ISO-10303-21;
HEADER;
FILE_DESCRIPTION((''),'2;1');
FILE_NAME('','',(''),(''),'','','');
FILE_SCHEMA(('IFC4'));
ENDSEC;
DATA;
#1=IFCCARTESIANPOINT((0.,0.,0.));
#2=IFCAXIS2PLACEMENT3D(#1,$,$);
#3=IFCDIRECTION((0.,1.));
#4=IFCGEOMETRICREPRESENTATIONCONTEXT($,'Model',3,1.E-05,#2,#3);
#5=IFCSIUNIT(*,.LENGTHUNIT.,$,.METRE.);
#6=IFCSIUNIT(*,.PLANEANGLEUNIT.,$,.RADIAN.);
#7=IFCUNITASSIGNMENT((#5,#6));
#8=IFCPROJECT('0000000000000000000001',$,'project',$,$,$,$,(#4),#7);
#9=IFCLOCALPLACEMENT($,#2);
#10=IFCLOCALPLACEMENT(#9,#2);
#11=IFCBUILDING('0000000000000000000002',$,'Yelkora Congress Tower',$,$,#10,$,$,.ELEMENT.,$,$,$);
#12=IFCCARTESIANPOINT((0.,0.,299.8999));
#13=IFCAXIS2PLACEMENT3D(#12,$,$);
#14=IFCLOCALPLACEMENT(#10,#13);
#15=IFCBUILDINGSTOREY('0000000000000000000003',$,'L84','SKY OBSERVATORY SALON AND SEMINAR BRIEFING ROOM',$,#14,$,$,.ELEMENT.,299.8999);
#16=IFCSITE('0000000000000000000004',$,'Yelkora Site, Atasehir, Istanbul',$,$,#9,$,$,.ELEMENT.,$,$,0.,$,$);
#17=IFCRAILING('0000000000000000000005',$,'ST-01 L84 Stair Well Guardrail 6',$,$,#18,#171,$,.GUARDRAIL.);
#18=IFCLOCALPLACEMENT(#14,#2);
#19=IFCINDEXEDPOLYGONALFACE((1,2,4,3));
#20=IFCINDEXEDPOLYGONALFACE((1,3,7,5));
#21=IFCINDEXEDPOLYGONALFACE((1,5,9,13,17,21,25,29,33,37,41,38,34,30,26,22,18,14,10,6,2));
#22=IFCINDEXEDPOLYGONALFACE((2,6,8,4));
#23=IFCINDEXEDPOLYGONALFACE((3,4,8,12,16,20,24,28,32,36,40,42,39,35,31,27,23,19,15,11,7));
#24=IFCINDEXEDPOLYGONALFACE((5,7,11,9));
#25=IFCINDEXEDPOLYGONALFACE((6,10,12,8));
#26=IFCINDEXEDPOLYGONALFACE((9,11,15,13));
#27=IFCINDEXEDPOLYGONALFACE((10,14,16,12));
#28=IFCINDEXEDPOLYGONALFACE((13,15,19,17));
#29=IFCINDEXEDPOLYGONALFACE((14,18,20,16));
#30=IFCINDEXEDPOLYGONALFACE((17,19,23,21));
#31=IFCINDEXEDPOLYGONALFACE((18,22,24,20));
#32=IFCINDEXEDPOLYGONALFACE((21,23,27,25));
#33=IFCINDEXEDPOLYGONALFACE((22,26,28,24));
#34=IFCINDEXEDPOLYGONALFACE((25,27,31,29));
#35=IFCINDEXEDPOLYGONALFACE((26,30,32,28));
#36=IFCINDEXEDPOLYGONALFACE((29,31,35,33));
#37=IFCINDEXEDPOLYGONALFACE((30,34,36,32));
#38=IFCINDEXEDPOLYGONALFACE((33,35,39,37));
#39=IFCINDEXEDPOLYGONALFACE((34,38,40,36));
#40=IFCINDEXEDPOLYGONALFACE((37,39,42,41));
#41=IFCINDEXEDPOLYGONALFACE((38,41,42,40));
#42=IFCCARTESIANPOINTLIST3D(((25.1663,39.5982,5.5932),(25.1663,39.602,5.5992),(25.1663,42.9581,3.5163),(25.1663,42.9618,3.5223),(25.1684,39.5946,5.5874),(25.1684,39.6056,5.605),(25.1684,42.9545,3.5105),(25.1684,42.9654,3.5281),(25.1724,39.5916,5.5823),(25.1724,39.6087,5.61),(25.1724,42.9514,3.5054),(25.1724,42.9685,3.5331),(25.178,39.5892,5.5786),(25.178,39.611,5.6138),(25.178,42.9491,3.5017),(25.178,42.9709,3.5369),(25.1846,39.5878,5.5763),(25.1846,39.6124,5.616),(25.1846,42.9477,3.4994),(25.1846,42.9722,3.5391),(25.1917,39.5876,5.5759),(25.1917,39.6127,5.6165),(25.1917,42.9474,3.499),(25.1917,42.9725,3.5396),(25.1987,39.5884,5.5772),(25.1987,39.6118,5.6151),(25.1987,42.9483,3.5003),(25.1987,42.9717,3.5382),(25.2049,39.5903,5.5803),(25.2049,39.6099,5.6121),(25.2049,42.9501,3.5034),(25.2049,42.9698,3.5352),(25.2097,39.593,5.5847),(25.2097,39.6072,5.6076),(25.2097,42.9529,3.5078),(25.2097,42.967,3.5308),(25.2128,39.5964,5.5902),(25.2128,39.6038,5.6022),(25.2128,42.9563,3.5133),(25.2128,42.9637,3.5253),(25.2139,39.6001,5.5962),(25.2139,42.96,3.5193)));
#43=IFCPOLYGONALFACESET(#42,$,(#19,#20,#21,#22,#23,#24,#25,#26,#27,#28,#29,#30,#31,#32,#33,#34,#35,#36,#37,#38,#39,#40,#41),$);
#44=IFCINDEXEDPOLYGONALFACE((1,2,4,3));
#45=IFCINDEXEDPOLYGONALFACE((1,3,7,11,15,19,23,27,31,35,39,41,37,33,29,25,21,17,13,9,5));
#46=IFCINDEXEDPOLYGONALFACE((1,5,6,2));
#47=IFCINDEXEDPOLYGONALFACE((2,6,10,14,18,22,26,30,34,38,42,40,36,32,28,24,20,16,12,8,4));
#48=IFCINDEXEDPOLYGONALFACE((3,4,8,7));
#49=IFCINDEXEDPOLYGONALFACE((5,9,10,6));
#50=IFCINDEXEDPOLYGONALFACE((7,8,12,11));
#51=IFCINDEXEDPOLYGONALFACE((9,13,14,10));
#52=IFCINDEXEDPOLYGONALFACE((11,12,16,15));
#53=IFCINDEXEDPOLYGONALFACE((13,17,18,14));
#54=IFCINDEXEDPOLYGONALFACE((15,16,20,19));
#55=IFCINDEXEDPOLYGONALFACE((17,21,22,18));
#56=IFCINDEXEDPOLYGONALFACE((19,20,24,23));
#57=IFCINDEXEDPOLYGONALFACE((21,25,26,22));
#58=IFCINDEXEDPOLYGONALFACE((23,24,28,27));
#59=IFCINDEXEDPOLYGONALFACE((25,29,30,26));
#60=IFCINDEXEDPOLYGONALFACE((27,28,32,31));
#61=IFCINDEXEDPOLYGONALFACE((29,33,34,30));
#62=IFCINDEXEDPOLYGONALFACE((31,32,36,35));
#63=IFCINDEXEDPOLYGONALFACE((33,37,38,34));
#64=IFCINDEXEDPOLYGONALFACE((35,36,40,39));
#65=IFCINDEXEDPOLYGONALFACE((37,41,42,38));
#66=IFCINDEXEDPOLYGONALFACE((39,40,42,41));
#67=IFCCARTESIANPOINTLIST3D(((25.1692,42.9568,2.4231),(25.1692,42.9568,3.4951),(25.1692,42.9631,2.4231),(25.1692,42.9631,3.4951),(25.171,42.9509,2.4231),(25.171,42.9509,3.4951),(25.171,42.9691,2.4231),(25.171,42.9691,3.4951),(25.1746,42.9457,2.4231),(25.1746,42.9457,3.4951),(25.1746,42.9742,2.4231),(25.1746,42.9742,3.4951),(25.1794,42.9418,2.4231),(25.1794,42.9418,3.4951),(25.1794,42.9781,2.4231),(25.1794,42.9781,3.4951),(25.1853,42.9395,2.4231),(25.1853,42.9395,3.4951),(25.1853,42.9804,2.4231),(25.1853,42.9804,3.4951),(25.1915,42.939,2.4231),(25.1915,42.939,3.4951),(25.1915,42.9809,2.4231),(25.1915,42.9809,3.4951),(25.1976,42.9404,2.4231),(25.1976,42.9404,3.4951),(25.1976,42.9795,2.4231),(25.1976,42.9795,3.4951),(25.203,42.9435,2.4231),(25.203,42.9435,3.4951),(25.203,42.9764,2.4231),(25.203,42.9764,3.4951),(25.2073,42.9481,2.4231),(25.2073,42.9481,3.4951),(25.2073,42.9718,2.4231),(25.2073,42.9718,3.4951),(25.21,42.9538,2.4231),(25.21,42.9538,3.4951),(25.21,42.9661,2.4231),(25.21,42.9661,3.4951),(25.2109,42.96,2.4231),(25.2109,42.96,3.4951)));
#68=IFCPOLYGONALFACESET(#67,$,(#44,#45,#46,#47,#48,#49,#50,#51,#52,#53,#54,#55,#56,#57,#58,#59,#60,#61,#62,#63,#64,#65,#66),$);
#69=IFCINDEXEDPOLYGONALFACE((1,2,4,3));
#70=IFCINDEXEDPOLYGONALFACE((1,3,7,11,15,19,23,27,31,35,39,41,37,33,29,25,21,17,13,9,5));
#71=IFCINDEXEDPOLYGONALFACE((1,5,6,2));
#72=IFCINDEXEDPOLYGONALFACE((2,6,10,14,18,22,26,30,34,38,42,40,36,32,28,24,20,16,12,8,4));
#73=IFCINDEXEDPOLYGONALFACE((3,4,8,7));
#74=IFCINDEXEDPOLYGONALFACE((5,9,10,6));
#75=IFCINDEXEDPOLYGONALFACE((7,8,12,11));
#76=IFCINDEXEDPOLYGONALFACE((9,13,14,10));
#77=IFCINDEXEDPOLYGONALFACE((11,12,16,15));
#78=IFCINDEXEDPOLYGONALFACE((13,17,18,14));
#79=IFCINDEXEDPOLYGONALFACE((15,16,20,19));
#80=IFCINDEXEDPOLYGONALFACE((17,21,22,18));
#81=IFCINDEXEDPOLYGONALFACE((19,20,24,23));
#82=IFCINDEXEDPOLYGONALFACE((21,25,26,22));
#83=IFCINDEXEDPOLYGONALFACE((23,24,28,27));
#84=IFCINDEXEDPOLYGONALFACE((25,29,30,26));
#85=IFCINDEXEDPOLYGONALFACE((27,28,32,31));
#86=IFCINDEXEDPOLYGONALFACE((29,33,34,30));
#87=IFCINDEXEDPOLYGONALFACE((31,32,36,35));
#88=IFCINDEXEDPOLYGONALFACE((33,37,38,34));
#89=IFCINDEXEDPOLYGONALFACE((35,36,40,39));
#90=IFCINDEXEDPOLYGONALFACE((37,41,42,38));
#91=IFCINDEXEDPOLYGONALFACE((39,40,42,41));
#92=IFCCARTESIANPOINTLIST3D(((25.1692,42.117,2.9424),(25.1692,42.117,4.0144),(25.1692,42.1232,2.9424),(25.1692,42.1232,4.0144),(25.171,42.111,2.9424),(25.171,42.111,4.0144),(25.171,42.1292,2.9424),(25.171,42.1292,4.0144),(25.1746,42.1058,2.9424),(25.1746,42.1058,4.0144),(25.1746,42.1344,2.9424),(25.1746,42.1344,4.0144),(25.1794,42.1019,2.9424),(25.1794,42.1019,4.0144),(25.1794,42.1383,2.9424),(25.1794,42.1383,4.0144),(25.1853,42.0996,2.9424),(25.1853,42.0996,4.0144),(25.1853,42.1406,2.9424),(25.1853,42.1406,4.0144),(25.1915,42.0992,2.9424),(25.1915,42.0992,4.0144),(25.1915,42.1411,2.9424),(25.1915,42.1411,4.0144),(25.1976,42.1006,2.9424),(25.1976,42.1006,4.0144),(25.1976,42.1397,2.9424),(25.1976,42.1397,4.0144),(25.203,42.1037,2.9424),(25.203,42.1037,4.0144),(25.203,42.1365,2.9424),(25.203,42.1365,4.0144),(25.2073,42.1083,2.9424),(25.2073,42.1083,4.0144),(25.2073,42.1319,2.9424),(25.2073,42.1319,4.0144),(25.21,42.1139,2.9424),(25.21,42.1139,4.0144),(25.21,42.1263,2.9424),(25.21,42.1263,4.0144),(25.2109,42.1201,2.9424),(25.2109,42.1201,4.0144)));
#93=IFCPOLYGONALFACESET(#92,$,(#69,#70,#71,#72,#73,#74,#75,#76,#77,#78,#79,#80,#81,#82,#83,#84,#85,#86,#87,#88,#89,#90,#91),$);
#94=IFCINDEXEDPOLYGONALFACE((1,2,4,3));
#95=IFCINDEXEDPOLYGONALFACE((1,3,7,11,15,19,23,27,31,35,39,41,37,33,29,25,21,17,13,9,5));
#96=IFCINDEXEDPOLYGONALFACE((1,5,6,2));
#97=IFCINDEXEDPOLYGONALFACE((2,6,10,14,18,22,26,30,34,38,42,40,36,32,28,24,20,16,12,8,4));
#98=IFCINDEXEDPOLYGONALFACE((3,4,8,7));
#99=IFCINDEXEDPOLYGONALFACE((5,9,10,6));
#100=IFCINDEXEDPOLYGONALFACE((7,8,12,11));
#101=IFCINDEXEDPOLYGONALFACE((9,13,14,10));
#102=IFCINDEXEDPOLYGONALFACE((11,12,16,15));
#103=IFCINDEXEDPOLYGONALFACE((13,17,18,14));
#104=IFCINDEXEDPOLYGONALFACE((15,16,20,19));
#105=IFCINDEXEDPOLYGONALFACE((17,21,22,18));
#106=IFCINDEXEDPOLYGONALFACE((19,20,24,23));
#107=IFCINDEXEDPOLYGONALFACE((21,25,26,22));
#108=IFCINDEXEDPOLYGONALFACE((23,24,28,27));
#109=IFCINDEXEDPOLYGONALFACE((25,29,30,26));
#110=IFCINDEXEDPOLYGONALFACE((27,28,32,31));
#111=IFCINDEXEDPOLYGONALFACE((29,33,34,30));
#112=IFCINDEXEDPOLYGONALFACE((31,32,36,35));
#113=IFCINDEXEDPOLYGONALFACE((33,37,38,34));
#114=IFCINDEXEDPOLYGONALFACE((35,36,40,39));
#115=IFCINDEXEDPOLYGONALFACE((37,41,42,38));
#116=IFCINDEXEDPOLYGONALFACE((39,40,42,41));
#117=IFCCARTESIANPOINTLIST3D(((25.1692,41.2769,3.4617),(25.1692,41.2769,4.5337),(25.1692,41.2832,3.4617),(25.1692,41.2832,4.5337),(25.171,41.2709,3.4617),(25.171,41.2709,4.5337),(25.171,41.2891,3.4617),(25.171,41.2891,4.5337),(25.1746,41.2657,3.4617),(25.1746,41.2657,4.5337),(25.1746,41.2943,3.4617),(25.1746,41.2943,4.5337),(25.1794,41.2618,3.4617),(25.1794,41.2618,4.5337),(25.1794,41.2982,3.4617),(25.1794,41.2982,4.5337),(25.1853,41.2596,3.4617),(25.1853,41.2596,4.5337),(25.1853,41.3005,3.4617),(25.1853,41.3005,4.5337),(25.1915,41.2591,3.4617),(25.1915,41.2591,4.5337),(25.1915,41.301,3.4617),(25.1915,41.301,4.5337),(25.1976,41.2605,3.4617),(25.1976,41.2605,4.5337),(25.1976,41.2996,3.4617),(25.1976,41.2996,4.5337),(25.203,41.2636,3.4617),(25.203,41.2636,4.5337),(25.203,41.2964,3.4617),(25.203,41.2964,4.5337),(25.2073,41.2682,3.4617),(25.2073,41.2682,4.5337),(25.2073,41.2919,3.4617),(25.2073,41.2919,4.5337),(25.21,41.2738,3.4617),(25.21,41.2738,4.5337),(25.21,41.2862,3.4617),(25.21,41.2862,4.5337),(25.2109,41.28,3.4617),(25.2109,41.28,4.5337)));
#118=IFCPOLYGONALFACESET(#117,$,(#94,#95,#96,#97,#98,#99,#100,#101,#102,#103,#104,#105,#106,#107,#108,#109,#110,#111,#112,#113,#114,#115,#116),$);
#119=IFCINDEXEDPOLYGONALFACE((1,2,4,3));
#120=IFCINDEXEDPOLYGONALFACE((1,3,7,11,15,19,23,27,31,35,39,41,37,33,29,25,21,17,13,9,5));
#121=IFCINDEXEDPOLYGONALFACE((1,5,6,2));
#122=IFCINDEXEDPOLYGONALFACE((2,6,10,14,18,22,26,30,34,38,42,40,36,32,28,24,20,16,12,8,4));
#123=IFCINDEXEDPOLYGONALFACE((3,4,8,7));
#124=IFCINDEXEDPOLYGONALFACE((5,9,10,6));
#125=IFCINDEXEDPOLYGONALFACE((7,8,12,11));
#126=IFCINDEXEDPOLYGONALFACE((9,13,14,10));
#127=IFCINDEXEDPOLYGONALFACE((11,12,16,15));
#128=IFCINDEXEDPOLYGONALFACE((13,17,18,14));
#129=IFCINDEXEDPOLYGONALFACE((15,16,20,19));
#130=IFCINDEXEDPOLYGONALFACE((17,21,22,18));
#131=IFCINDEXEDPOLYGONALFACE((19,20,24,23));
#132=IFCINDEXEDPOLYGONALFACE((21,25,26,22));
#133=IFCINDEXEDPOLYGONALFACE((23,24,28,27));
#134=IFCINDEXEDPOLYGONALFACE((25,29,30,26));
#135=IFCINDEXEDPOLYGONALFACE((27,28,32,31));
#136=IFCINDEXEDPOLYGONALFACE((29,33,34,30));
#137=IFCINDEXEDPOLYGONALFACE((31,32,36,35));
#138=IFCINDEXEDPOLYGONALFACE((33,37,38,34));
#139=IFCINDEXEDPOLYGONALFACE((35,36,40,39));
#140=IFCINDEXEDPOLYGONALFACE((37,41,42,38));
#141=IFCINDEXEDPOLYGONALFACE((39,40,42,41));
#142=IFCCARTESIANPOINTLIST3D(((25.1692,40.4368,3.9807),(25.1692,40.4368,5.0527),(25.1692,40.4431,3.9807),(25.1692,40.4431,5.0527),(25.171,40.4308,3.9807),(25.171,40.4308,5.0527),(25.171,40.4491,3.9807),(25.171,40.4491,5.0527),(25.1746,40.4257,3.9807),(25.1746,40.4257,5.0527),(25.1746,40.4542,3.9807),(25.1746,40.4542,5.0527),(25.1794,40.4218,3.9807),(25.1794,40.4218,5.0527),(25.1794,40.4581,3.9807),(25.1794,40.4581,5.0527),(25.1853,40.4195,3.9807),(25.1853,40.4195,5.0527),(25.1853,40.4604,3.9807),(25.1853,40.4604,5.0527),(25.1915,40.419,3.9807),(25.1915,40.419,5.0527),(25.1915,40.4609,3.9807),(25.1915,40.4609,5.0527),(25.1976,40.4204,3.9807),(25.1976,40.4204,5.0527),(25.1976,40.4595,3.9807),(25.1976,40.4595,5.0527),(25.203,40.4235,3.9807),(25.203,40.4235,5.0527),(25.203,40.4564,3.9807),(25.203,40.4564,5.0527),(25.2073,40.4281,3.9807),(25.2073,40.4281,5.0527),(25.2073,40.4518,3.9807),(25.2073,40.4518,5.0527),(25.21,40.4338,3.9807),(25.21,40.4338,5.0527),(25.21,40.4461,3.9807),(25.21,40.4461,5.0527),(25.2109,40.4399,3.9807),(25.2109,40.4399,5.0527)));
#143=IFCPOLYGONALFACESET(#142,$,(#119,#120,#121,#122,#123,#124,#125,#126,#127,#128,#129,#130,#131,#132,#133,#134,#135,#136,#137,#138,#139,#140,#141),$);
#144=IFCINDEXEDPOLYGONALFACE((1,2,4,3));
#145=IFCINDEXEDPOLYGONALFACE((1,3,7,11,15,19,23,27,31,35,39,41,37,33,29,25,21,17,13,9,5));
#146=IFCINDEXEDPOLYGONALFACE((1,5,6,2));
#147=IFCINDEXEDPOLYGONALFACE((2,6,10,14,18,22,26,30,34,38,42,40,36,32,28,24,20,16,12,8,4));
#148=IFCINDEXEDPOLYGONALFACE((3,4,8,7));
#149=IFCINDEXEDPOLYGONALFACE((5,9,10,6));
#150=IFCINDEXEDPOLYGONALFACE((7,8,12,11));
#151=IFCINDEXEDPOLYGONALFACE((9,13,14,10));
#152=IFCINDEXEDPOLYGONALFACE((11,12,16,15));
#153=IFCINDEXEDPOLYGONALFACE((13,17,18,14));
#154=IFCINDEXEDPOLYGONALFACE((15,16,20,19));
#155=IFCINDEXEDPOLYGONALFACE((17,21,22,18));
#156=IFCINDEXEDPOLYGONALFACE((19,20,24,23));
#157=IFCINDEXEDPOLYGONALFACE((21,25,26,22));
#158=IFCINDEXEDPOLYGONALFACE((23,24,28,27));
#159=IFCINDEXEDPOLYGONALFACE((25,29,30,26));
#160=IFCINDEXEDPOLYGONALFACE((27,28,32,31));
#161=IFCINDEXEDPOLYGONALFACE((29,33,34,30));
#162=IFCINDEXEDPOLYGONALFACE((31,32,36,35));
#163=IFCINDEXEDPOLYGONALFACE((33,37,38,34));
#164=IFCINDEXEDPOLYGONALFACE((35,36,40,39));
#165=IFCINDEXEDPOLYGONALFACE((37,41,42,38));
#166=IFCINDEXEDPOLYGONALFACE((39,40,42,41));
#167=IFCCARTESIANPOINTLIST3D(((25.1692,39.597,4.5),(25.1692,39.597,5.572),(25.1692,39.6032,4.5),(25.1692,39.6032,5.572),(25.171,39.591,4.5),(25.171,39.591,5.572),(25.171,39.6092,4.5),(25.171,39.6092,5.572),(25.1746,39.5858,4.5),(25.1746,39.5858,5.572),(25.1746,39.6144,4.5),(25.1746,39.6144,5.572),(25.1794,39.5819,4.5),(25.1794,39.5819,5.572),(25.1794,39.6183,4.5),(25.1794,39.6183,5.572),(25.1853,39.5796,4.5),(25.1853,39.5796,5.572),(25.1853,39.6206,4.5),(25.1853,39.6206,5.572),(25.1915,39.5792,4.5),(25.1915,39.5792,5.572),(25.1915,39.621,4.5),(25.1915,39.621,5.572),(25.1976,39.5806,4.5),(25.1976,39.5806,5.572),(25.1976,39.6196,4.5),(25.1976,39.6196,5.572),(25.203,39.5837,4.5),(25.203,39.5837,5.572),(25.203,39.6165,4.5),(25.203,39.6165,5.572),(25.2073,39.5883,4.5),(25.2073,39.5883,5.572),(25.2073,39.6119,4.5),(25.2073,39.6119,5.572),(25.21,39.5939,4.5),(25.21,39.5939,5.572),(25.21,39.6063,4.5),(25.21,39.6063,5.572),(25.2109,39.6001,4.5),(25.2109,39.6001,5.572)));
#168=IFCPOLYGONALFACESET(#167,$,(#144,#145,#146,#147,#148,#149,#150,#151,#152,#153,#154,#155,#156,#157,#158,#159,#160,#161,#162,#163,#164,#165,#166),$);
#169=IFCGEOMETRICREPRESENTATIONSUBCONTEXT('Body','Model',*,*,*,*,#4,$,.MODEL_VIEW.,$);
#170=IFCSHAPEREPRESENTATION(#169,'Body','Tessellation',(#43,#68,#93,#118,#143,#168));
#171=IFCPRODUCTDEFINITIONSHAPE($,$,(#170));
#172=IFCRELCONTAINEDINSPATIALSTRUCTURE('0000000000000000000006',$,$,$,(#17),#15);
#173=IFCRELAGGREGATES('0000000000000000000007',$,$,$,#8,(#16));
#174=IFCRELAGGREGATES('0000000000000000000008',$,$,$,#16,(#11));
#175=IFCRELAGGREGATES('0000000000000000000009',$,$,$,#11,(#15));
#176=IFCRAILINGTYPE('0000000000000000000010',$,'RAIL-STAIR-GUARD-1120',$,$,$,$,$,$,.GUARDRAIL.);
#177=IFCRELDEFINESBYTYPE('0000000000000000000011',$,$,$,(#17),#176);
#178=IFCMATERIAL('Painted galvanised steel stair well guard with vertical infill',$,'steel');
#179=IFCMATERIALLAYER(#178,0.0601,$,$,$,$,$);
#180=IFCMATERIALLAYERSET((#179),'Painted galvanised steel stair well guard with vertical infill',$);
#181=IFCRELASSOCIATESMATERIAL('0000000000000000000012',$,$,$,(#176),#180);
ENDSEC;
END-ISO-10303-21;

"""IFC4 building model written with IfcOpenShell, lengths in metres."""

from ifc_helpers import new_model, si_unit, direction, frame, origin, origin_2d, place, context, subcontext, project, spatial, circle, extrude, material, layer, layer_set, type_object, element, save


model = new_model("IFC4")

# Units and contexts
model_context = context("Model", 3, precision=1e-05, world=origin(), true_north=direction((0.0, 1.0)))
body_context = subcontext(model_context, "Body", "Model", "MODEL_VIEW")
ifc_project = project(units=[si_unit("LENGTHUNIT", "METRE"), si_unit("PLANEANGLEUNIT", "RADIAN")], contexts=[model_context])

# Site, building, storey
site_placement = place(None, origin())
site = spatial("IfcSite", under=ifc_project, at=site_placement, Name="Yelkora Site, Atasehir, Istanbul", CompositionType="ELEMENT", RefElevation=0.0)
building_placement = place(site_placement, origin())
building = spatial("IfcBuilding", under=site, at=building_placement, Name="Yelkora Congress Tower", CompositionType="ELEMENT")
storey_placement = place(building_placement, frame((0.0, 0.0, 299.8999)))
storey = spatial("IfcBuildingStorey", under=building, at=storey_placement, Name="L84", Description="SKY OBSERVATORY SALON AND SEMINAR BRIEFING ROOM", CompositionType="ELEMENT", Elevation=299.8999)

# Railing
ifc_material_1 = material(Name="Painted galvanised steel stair well guard with vertical infill", Category="steel")
ifc_layer_1 = layer(ifc_material_1, 0.0601)
ifc_layer_set_1 = layer_set([ifc_layer_1], Name="Painted galvanised steel stair well guard with vertical infill")
railing_type_1 = type_object("IfcRailingType", Name="RAIL-STAIR-GUARD-1120", PredefinedType="GUARDRAIL", material=ifc_layer_set_1)
railing_1_placement = place(storey_placement, frame((25.1899, 42.96, 2.4231)))
element("IfcRailing", 1, at=railing_1_placement, inside=storey, type_object=railing_type_1, Name="ST-01 L84 Stair Well Guardrail 6", PredefinedType="GUARDRAIL", context=body_context, shape_type="SweptSolid", body=[
    extrude(circle(Radius=0.0239, at=origin_2d()), frame((0.0, 0.0, 1.0962), z_axis=(0.0, -0.850606, 0.525803), x_axis=(1.0, 0.0, 0.0)), (0.0, 0.0, 1.0), 3.95),
    extrude(circle(Radius=0.021, at=origin_2d()), origin(), (0.0, 0.0, 1.0), 1.072),
    extrude(circle(Radius=0.021, at=origin_2d()), frame((0.0, -0.8398, 0.5193)), (0.0, 0.0, 1.0), 1.072),
    extrude(circle(Radius=0.021, at=origin_2d()), frame((0.0, -1.6799, 1.0386)), (0.0, 0.0, 1.0), 1.072),
    extrude(circle(Radius=0.021, at=origin_2d()), frame((0.0, -2.52, 1.5576)), (0.0, 0.0, 1.0), 1.072),
    extrude(circle(Radius=0.021, at=origin_2d()), frame((0.0, -3.3599, 2.0769)), (0.0, 0.0, 1.0), 1.072),
])

save(model, "model.ifc")
